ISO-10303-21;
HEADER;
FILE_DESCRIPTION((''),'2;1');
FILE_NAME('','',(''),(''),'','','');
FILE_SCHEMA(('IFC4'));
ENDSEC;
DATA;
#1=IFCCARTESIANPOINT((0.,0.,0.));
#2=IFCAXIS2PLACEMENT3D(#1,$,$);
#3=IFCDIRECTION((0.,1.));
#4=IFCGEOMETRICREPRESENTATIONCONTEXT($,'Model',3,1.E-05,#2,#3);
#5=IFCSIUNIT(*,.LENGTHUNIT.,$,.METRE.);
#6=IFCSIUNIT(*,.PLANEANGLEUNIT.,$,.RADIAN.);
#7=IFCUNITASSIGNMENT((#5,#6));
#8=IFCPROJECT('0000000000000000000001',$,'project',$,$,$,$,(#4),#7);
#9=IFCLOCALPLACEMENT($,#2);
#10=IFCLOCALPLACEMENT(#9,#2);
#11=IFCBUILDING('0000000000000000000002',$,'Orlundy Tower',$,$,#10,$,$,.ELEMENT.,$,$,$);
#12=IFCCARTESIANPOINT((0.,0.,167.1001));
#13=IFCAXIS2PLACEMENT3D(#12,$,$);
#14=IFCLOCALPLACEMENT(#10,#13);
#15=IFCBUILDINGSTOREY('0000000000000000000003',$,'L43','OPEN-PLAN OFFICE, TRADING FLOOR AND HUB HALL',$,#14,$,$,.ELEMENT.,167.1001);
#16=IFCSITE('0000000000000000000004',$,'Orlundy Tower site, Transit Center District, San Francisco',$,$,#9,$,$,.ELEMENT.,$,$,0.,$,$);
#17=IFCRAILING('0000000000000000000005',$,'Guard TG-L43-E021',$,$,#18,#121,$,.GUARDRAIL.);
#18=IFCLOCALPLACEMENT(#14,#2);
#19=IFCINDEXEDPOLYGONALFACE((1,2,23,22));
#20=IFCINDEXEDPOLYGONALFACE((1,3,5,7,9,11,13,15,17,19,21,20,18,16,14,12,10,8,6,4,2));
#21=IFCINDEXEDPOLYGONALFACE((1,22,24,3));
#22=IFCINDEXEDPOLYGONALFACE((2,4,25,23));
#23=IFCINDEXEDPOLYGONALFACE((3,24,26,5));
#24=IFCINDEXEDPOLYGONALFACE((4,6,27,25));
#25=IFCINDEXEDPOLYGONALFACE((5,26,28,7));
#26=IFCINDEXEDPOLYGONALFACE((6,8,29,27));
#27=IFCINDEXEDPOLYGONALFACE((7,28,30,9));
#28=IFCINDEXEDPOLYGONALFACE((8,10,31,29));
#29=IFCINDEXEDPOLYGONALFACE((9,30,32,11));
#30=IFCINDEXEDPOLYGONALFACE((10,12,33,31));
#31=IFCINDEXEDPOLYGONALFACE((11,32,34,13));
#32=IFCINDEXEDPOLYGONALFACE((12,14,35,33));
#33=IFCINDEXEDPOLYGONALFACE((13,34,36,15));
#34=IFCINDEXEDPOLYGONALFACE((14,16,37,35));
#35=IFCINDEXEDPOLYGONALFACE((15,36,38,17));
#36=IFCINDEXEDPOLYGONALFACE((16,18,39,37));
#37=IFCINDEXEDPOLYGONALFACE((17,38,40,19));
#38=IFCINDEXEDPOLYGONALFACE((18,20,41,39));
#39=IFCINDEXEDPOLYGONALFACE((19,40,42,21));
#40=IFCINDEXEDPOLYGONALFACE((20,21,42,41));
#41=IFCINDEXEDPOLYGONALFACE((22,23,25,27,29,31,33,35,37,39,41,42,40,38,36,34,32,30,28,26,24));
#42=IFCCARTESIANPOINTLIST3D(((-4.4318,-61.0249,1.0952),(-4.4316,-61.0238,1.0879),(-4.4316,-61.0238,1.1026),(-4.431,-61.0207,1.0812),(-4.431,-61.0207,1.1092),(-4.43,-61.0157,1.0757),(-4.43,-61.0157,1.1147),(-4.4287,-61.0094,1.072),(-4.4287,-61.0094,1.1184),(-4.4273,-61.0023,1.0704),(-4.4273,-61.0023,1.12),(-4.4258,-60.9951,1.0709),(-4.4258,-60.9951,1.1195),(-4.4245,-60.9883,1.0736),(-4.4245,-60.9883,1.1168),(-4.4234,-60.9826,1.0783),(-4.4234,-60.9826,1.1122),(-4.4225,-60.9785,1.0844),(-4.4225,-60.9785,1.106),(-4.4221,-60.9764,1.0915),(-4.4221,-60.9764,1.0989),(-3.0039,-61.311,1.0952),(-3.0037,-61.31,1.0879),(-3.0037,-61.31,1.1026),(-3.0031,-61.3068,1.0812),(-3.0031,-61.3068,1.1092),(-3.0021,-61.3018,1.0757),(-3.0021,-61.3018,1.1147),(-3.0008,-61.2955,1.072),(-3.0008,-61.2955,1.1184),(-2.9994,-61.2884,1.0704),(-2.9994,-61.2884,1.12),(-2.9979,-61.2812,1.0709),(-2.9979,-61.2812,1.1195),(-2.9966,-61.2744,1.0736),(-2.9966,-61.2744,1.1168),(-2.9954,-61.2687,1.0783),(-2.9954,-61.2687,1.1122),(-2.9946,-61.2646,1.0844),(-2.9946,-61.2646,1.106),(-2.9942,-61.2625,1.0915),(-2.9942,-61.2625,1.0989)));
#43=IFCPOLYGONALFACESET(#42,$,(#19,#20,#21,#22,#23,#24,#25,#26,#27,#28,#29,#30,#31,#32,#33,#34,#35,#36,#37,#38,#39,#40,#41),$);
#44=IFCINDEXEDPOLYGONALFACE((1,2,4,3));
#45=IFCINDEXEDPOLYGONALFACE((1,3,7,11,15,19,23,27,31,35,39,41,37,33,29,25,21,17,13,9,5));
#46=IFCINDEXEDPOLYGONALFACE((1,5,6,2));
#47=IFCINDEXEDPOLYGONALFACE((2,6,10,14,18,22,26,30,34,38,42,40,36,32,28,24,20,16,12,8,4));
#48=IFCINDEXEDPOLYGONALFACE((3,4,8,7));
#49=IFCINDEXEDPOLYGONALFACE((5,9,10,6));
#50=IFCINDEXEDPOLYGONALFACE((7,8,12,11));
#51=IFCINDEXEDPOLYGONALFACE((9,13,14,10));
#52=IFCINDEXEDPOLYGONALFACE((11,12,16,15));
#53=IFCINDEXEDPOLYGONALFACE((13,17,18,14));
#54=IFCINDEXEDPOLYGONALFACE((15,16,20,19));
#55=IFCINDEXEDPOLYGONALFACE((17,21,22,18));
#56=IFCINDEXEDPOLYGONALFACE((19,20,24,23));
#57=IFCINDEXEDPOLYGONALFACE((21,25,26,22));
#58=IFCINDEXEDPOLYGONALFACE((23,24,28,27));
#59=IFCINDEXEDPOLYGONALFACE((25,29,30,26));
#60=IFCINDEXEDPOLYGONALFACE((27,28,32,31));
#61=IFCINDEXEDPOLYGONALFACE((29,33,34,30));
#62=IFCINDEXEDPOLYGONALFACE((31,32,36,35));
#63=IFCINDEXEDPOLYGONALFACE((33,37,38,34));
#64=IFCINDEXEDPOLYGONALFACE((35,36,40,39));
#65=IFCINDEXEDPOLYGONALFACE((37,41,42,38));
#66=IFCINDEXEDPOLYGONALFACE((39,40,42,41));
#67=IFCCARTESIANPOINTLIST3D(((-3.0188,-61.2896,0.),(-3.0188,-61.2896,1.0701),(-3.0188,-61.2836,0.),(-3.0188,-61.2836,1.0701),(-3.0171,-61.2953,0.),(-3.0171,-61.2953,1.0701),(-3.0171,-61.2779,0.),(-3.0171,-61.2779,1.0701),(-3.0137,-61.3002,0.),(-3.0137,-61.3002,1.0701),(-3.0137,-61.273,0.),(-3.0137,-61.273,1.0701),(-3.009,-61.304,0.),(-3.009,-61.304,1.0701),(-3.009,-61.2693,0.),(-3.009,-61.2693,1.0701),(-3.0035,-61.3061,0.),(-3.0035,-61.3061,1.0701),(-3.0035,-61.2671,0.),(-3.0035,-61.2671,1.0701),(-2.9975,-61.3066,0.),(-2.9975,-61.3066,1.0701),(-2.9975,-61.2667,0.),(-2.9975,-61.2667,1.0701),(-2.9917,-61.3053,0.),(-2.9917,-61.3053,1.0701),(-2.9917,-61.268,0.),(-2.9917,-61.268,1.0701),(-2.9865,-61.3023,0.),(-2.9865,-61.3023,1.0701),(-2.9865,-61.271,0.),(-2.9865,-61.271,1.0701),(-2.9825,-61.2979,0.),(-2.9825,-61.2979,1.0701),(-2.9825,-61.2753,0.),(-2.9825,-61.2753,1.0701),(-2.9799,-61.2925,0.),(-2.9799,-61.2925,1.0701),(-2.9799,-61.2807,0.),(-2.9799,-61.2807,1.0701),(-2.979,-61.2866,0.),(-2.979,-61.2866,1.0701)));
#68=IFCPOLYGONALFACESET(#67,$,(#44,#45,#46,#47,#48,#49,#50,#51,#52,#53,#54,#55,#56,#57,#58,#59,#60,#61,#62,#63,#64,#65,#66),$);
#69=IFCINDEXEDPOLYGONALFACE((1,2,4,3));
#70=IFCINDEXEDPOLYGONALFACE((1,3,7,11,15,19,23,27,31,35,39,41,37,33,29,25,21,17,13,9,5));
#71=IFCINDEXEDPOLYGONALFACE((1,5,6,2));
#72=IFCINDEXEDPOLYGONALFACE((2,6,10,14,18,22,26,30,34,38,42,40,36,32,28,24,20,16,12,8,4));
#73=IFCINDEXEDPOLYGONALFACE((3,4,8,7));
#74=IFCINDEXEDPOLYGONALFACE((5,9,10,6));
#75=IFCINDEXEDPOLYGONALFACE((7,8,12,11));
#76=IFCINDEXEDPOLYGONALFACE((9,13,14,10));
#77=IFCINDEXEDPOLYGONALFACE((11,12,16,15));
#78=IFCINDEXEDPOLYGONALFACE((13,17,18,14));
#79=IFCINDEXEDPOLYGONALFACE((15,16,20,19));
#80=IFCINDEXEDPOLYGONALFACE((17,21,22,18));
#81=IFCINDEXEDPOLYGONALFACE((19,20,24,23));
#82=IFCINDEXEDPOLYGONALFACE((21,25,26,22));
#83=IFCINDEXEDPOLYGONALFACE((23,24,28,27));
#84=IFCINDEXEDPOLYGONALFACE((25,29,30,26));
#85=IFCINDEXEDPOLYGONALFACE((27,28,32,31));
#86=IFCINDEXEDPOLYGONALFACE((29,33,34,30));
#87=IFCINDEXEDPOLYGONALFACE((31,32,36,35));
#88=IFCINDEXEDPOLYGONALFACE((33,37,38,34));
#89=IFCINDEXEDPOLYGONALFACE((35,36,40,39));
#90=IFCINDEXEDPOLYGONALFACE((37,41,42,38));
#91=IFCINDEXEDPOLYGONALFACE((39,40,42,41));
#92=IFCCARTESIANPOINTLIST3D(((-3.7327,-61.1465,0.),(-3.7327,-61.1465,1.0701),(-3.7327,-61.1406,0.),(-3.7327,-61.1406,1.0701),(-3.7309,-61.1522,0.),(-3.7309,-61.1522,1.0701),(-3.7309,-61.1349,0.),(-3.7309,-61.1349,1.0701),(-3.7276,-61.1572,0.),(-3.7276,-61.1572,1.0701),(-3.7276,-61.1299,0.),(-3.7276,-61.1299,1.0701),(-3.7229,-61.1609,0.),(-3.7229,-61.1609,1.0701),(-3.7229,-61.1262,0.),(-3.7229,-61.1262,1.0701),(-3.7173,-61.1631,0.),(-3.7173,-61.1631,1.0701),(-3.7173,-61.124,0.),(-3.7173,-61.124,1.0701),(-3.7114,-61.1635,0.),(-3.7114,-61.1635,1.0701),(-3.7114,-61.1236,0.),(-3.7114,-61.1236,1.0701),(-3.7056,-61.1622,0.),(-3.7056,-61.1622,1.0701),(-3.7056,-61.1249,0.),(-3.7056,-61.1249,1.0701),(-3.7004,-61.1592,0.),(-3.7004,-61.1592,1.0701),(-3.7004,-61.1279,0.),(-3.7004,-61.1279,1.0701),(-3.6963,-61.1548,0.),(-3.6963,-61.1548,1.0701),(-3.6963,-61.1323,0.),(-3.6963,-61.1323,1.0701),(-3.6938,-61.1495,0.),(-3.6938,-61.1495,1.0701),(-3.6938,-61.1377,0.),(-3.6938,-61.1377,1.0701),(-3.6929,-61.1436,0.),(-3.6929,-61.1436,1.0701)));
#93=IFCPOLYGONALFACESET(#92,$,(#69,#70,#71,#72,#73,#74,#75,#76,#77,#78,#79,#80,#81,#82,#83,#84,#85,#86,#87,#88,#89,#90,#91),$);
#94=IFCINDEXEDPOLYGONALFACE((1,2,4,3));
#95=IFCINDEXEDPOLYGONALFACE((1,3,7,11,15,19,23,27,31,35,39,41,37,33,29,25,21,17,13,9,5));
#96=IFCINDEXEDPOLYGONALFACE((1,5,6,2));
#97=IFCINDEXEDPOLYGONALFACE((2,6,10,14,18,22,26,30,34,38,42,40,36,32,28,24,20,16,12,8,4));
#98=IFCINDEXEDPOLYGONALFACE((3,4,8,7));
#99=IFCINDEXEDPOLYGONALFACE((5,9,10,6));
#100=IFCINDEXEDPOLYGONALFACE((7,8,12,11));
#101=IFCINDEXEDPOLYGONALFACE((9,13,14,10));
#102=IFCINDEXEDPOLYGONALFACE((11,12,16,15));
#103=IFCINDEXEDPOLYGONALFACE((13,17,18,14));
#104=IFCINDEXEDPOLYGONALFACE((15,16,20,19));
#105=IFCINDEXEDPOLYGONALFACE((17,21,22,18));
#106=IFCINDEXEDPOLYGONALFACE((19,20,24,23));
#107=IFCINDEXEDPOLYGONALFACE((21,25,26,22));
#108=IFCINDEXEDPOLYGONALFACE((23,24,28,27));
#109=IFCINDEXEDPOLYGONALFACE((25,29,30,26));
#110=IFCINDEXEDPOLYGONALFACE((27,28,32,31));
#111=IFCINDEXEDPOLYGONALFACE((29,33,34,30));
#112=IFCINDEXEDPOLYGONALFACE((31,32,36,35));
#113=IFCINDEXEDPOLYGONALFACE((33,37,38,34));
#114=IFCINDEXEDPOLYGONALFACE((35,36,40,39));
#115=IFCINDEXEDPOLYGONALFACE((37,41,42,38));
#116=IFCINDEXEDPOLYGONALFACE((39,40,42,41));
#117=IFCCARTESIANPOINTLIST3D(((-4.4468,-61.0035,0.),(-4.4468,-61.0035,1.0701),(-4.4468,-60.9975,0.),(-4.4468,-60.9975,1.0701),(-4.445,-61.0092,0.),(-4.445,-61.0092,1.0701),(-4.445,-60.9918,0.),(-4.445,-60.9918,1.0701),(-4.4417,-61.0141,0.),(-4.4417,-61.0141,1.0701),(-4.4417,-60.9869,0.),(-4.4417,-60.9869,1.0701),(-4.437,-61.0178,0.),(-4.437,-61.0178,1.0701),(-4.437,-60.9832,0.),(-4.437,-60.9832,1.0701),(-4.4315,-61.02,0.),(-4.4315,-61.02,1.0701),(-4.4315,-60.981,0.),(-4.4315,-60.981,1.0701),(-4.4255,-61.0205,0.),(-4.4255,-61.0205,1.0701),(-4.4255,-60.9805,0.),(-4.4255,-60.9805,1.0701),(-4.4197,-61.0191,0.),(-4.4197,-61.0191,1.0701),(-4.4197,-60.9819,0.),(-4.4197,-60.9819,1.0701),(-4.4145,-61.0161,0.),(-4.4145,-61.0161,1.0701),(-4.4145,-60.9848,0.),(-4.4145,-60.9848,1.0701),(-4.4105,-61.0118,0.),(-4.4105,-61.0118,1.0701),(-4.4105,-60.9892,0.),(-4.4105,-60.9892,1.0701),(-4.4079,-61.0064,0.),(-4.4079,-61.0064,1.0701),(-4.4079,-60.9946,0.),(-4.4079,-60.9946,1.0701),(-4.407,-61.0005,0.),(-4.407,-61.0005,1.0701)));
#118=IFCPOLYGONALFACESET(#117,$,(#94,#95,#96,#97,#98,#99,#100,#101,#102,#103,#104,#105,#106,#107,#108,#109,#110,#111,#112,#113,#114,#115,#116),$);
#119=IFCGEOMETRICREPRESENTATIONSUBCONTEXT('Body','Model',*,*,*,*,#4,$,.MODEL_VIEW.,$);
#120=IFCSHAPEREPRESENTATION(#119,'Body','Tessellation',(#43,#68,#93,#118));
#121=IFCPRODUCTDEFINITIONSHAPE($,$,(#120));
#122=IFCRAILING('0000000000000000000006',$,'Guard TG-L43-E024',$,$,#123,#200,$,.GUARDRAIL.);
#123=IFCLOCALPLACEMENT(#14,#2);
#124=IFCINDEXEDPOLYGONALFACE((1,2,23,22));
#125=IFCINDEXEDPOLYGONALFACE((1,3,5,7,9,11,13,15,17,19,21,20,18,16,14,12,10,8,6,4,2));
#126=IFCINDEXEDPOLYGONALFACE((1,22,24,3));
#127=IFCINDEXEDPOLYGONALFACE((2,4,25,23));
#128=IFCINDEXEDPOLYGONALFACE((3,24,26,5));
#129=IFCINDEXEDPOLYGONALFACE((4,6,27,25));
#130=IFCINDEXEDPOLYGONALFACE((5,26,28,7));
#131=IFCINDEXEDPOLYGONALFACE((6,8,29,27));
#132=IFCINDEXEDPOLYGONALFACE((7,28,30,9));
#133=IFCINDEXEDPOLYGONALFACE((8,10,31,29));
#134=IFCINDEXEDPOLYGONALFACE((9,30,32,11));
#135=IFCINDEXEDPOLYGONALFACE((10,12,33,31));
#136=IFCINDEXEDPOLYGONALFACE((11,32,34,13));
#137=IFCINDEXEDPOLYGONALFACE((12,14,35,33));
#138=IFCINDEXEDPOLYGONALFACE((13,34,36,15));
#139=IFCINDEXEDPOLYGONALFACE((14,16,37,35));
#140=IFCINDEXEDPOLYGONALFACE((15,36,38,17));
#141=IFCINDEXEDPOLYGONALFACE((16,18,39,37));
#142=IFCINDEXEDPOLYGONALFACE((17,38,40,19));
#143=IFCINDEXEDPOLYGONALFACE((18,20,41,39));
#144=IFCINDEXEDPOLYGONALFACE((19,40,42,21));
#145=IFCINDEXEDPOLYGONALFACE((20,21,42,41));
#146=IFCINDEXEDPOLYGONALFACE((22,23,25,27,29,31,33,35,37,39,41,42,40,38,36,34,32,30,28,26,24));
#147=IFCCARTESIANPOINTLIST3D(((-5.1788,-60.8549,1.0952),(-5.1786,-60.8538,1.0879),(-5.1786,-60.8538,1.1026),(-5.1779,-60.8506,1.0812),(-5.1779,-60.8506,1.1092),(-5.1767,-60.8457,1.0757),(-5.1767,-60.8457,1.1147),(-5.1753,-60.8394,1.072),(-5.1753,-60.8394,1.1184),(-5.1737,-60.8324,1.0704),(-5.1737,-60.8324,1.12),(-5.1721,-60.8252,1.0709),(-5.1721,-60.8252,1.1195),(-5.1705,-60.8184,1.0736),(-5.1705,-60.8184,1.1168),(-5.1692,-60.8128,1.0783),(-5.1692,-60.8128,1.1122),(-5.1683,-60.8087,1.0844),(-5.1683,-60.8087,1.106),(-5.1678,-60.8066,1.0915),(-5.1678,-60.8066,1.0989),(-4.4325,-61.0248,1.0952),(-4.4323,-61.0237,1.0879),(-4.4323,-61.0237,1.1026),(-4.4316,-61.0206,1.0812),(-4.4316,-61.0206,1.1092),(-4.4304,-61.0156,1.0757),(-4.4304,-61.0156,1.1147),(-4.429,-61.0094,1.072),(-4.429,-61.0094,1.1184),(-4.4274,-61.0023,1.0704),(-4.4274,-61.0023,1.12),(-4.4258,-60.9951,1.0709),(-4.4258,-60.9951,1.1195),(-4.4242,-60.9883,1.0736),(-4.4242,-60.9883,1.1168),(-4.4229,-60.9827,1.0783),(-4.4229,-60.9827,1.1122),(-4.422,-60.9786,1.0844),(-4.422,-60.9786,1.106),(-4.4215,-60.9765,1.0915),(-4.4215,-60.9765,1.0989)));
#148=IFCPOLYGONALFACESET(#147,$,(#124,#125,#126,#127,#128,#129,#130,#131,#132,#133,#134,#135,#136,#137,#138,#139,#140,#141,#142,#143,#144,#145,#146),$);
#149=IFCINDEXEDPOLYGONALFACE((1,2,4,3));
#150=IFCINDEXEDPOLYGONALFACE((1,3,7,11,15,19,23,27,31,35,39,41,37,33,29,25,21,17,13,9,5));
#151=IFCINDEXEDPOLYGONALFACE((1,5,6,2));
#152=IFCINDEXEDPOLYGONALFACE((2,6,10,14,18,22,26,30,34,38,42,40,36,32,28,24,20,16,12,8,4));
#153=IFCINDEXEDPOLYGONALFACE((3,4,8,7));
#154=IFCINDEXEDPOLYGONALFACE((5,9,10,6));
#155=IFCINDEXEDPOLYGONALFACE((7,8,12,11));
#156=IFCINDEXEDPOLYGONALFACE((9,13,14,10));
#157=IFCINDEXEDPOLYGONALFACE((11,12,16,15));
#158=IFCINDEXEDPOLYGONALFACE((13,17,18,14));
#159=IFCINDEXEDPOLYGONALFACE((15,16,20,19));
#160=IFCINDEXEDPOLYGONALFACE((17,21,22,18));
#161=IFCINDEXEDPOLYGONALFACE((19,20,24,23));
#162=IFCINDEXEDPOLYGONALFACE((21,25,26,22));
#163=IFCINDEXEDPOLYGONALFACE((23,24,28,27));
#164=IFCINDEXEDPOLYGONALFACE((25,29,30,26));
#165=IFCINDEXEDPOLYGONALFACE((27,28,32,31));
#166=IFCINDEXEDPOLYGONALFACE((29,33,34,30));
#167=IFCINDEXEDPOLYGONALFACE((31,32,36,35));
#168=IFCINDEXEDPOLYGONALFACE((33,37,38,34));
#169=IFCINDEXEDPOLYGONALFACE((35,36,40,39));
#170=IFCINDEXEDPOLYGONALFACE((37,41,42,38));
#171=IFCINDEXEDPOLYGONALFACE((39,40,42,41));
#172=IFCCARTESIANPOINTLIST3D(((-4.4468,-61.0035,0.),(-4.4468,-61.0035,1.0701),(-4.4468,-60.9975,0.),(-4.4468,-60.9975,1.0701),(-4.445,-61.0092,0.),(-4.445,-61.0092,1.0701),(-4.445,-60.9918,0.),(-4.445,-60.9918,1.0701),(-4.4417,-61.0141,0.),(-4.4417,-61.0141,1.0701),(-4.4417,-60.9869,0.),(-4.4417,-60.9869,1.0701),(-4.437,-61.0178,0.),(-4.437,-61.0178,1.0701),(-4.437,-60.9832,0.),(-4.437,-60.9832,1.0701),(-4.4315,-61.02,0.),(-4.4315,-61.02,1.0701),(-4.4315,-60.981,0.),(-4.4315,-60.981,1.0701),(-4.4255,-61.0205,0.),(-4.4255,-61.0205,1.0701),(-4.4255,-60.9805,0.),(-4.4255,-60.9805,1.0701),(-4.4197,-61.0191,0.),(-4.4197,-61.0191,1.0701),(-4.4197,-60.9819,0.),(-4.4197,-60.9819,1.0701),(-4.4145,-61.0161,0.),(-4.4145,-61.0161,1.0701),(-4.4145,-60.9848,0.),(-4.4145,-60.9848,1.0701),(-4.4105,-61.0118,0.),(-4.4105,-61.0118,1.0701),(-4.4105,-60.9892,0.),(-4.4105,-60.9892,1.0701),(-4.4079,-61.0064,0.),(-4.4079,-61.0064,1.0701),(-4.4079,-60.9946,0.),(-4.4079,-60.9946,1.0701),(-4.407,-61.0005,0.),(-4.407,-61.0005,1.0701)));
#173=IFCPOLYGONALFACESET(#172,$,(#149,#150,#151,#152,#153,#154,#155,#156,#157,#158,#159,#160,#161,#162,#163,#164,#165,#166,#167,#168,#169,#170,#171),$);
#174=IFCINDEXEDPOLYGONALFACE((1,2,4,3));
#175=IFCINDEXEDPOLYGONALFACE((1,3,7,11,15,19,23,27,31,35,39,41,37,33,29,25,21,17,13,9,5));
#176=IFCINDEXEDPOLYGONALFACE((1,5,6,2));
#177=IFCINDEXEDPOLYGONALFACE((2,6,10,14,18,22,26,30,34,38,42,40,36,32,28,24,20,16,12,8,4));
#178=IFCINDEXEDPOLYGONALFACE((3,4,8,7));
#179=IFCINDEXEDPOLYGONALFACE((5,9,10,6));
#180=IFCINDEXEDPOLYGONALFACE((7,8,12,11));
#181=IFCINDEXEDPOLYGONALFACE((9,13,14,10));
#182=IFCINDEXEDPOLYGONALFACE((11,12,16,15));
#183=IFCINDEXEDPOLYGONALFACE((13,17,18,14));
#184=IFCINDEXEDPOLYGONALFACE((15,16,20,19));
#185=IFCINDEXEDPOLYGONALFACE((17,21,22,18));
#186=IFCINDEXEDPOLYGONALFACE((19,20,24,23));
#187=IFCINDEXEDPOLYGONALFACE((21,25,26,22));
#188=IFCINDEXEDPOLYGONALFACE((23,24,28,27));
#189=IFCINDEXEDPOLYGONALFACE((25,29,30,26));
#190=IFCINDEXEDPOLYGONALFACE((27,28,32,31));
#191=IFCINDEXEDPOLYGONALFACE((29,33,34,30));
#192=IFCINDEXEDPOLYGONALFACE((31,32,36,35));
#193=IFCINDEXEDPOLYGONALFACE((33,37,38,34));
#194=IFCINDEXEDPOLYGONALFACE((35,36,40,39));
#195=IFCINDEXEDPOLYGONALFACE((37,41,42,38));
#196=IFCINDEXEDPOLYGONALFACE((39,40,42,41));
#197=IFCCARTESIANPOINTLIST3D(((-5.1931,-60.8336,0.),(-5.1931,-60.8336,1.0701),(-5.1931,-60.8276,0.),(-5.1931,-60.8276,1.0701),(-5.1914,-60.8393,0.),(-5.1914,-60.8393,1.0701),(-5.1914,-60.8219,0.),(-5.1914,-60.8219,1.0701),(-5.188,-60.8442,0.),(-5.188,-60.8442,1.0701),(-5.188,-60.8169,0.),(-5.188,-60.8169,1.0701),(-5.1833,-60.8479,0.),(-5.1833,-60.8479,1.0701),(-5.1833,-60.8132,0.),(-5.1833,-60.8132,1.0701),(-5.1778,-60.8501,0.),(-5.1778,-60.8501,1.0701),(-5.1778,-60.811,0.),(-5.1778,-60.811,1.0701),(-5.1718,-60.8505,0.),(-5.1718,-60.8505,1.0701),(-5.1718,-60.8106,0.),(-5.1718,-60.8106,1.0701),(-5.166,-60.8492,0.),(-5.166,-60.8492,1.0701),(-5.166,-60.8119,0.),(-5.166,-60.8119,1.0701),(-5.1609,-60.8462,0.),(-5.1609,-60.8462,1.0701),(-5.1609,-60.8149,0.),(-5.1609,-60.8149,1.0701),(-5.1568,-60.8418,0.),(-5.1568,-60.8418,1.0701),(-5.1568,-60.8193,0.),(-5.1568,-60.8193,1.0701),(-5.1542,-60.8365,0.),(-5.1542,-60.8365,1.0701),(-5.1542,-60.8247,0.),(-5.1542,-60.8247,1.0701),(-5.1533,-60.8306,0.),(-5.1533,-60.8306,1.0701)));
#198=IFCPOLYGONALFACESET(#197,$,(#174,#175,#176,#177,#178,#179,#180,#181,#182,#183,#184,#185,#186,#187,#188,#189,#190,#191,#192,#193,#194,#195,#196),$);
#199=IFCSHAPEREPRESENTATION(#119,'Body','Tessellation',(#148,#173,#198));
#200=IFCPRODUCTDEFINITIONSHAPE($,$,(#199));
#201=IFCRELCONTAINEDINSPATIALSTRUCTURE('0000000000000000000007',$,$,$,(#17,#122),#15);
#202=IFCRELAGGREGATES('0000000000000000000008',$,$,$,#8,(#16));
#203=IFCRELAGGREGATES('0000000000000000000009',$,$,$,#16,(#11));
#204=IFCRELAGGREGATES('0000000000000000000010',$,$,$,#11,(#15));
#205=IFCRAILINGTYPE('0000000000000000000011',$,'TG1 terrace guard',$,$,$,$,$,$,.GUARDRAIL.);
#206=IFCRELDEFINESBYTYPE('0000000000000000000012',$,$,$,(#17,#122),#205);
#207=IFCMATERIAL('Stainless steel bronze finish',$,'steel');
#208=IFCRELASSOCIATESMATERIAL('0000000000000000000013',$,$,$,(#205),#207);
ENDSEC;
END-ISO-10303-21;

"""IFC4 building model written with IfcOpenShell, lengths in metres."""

from ifc_helpers import new_model, si_unit, direction, frame, origin, origin_2d, place, context, subcontext, project, spatial, circle, extrude, material, type_object, element, save


model = new_model("IFC4")

# Units and contexts
model_context = context("Model", 3, precision=1e-05, world=origin(), true_north=direction((0.0, 1.0)))
body_context = subcontext(model_context, "Body", "Model", "MODEL_VIEW")
ifc_project = project(units=[si_unit("LENGTHUNIT", "METRE"), si_unit("PLANEANGLEUNIT", "RADIAN")], contexts=[model_context])

# Site, building, storey
site_placement = place(None, origin())
site = spatial("IfcSite", under=ifc_project, at=site_placement, Name="Orlundy Tower site, Transit Center District, San Francisco", CompositionType="ELEMENT", RefElevation=0.0)
building_placement = place(site_placement, origin())
building = spatial("IfcBuilding", under=site, at=building_placement, Name="Orlundy Tower", CompositionType="ELEMENT")
storey_placement = place(building_placement, frame((0.0, 0.0, 167.1001)))
storey = spatial("IfcBuildingStorey", under=building, at=storey_placement, Name="L43", Description="OPEN-PLAN OFFICE, TRADING FLOOR AND HUB HALL", CompositionType="ELEMENT", Elevation=167.1001)

# Railings
ifc_material_1 = material(Name="Stainless steel bronze finish", Category="steel")
railing_type = type_object("IfcRailingType", Name="TG1 terrace guard", PredefinedType="GUARDRAIL", material=ifc_material_1)
railing_1_placement = place(storey_placement, frame((-2.999, -61.2866, 0.0)))
element("IfcRailing", 1, at=railing_1_placement, inside=storey, type_object=railing_type, Name="Guard TG-L43-E021", PredefinedType="GUARDRAIL", context=body_context, shape_type="SweptSolid", body=[
    extrude(circle(Radius=0.0249, at=origin_2d()), frame((0.0, 0.0, 1.0952), z_axis=(-0.98051, 0.196471, 0.0), x_axis=(-0.196471, -0.98051, 0.0)), (0.0, 0.0, 1.0), 1.4563),
    extrude(circle(Radius=0.02, at=origin_2d()), origin(), (0.0, 0.0, 1.0), 1.0701),
    extrude(circle(Radius=0.02, at=origin_2d()), frame((-0.7139, 0.1431, 0.0)), (0.0, 0.0, 1.0), 1.0701),
    extrude(circle(Radius=0.02, at=origin_2d()), frame((-1.428, 0.2861, 0.0)), (0.0, 0.0, 1.0), 1.0701),
])
railing_2_placement = place(storey_placement, frame((-4.427, -61.0005, 0.0)))
element("IfcRailing", 2, at=railing_2_placement, inside=storey, type_object=railing_type, Name="Guard TG-L43-E024", PredefinedType="GUARDRAIL", context=body_context, shape_type="SweptSolid", body=[
    extrude(circle(Radius=0.0249, at=origin_2d()), frame((0.0, 0.0, 1.0952), z_axis=(-0.975048, 0.221993, 0.0), x_axis=(-0.221993, -0.975048, 0.0)), (0.0, 0.0, 1.0), 0.7654),
    extrude(circle(Radius=0.02, at=origin_2d()), origin(), (0.0, 0.0, 1.0), 1.0701),
    extrude(circle(Radius=0.02, at=origin_2d()), frame((-0.7463, 0.1699, 0.0)), (0.0, 0.0, 1.0), 1.0701),
])

save(model, "model.ifc")
